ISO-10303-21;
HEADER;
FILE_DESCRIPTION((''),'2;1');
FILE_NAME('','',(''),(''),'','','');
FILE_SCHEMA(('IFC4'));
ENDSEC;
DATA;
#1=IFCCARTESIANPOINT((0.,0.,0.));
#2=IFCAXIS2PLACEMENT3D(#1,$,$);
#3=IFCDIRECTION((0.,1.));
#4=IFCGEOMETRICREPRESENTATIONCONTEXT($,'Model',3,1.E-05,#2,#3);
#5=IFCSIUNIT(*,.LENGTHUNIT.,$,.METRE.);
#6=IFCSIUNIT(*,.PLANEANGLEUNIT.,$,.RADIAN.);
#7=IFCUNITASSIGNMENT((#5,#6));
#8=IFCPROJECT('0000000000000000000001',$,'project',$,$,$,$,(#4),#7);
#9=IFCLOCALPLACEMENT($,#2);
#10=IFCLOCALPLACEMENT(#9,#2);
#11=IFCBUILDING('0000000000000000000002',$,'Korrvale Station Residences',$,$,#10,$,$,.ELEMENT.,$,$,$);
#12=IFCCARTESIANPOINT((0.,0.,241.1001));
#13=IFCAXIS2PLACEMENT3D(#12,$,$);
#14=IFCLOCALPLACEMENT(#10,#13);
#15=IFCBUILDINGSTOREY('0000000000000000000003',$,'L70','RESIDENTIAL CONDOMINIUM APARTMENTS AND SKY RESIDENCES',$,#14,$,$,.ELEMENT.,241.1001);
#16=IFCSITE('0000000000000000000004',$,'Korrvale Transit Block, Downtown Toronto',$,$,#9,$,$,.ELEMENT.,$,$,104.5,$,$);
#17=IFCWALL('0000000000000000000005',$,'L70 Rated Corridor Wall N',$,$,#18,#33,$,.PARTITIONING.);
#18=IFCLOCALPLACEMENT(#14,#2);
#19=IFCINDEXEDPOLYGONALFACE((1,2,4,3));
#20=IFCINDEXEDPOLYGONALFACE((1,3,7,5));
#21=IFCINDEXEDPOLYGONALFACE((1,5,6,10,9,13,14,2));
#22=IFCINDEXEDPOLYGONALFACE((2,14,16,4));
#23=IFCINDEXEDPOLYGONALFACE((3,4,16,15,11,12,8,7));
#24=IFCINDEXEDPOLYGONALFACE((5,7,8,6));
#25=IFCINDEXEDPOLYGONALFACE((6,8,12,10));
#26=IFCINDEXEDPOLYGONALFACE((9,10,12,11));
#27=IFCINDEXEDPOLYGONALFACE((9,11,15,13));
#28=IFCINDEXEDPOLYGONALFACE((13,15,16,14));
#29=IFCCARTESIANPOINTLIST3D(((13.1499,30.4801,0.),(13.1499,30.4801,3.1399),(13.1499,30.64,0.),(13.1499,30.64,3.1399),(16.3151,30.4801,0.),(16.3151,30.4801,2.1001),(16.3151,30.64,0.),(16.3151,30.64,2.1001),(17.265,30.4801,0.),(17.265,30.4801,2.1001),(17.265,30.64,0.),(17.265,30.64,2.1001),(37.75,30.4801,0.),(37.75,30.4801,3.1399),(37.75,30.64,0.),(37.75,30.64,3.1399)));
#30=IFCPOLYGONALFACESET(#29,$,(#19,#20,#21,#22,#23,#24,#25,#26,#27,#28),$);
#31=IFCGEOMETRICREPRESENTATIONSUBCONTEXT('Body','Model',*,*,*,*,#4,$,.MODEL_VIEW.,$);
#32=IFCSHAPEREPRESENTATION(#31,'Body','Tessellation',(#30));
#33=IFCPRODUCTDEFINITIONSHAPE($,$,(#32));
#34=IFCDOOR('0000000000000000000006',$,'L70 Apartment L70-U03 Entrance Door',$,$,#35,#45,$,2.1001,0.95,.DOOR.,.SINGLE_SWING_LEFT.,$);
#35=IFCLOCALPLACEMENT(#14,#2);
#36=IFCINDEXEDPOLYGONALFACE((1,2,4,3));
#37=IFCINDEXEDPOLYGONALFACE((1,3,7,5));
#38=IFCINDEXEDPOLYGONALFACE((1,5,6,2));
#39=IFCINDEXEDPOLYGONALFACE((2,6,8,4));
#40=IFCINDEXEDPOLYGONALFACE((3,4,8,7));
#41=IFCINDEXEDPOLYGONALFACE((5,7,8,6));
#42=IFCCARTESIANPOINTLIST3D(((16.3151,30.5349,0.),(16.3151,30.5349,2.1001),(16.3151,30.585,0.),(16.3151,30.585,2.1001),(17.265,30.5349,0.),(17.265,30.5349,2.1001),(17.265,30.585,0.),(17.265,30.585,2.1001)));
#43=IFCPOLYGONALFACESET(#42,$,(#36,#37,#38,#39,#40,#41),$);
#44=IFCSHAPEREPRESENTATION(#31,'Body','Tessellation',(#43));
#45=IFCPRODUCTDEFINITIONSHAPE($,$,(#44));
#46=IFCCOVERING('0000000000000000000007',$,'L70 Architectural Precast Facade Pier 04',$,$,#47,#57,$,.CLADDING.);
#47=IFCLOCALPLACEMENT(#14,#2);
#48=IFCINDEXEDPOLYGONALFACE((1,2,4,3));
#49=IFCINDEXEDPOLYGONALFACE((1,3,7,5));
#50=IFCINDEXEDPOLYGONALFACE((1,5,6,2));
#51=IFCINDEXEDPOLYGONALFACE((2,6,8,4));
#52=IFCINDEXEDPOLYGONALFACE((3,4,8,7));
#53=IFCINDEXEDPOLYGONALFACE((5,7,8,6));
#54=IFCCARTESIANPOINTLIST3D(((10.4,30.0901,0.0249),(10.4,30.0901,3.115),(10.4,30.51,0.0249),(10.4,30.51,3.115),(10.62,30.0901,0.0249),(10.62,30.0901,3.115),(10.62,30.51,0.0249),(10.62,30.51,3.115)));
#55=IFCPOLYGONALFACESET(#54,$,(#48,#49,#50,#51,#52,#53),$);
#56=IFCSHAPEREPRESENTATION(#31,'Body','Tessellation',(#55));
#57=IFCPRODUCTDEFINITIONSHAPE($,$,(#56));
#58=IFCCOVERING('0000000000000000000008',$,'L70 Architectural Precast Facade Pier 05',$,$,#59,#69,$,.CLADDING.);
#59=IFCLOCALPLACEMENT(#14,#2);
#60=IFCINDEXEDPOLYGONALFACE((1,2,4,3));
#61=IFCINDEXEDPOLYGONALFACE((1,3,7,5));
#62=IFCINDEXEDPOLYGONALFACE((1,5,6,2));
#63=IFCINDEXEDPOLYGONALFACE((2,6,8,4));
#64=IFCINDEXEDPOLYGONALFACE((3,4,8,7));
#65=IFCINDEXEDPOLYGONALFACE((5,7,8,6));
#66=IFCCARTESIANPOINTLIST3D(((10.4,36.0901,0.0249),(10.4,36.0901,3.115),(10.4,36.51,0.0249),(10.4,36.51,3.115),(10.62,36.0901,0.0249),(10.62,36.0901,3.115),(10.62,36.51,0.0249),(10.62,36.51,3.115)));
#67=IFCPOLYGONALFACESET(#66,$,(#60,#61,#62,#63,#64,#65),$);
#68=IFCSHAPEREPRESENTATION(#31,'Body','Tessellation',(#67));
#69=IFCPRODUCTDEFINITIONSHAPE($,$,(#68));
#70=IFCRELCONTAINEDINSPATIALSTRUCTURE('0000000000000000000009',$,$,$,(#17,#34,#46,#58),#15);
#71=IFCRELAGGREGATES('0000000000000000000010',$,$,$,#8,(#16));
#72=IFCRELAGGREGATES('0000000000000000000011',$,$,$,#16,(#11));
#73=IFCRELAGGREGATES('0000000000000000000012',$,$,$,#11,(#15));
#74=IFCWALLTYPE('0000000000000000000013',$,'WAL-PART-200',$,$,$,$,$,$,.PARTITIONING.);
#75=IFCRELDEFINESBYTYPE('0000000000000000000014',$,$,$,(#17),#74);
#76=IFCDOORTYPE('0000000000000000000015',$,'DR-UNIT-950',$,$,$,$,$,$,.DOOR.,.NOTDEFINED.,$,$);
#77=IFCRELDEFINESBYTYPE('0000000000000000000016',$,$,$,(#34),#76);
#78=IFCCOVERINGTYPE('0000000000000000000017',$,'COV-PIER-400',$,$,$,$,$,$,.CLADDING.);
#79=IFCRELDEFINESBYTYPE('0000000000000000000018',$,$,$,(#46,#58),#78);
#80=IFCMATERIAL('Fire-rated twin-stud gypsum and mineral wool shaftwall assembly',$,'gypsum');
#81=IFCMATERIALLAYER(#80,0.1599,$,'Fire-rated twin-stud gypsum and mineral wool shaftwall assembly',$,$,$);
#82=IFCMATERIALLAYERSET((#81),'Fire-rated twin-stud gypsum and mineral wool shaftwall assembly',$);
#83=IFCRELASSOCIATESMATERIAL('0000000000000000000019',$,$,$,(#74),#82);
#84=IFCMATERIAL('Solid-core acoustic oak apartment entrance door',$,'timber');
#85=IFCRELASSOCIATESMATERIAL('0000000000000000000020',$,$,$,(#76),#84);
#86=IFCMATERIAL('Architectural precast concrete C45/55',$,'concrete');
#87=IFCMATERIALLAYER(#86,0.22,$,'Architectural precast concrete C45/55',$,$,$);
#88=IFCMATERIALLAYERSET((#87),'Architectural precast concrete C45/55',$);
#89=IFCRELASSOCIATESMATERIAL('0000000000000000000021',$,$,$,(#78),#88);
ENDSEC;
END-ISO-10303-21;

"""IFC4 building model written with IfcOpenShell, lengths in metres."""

from ifc_helpers import new_model, si_unit, direction, frame, frame_2d, origin, origin_2d, place, context, subcontext, project, spatial, rectangle, extrude, material, layer, layer_set, type_object, element, fill, save


model = new_model("IFC4")

# Units and contexts
model_context = context("Model", 3, precision=1e-05, world=origin(), true_north=direction((0.0, 1.0)))
body_context = subcontext(model_context, "Body", "Model", "MODEL_VIEW")
ifc_project = project(units=[si_unit("LENGTHUNIT", "METRE"), si_unit("PLANEANGLEUNIT", "RADIAN")], contexts=[model_context])

# Site, building, storey
site_placement = place(None, origin())
site = spatial("IfcSite", under=ifc_project, at=site_placement, Name="Korrvale Transit Block, Downtown Toronto", CompositionType="ELEMENT", RefElevation=104.5)
building_placement = place(site_placement, origin())
building = spatial("IfcBuilding", under=site, at=building_placement, Name="Korrvale Station Residences", CompositionType="ELEMENT")
storey_placement = place(building_placement, frame((0.0, 0.0, 241.1001)))
storey = spatial("IfcBuildingStorey", under=building, at=storey_placement, Name="L70", Description="RESIDENTIAL CONDOMINIUM APARTMENTS AND SKY RESIDENCES", CompositionType="ELEMENT", Elevation=241.1001)

# Shared definitions
ifc_material_1 = material(Name="Fire-rated twin-stud gypsum and mineral wool shaftwall assembly", Category="gypsum")
ifc_layer_1 = layer(ifc_material_1, 0.1599, Name="Fire-rated twin-stud gypsum and mineral wool shaftwall assembly")
ifc_layer_set_1 = layer_set([ifc_layer_1], Name="Fire-rated twin-stud gypsum and mineral wool shaftwall assembly")
wall_type_1 = type_object("IfcWallType", Name="WAL-PART-200", PredefinedType="PARTITIONING", material=ifc_layer_set_1)

# Wall, opening, door
wall_1_placement = place(storey_placement, frame((13.1499, 30.5601, 0.0), z_axis=(0.0, 0.0, 1.0), x_axis=(1.0, 0.0, 0.0)))
wall_1 = element("IfcWall", 1, at=wall_1_placement, inside=storey, type_object=wall_type_1, Name="L70 Rated Corridor Wall N", PredefinedType="PARTITIONING", context=body_context, shape_type="SweptSolid", body=[
    extrude(rectangle(XDim=24.6001, YDim=0.1599, at=frame_2d((12.3, 0.0))), origin(), (0.0, 0.0, 1.0), 3.1399),
])
opening_1_placement = place(wall_1_placement, frame((3.165, 0.0, 0.0)))
opening_1 = element("IfcOpeningElement", 2, at=opening_1_placement, cuts=wall_1, PredefinedType="OPENING", context=body_context, shape_type="SweptSolid", body=[
    extrude(rectangle(XDim=0.95, YDim=2.1001, at=frame_2d((0.4751, 1.05))), frame((0.0, 0.0898, 0.0), z_axis=(0.0, -1.0, 0.0), x_axis=(1.0, 0.0, 0.0)), (0.0, 0.0, 1.0), 0.1799),
])
ifc_material_2 = material(Name="Solid-core acoustic oak apartment entrance door", Category="timber")
door_type_1 = type_object("IfcDoorType", Name="DR-UNIT-950", OperationType="NOTDEFINED", PredefinedType="DOOR", material=ifc_material_2)
door_1_placement = place(opening_1_placement, origin())
door_1 = element("IfcDoor", 3, at=door_1_placement, inside=storey, type_object=door_type_1, Name="L70 Apartment L70-U03 Entrance Door", OperationType="SINGLE_SWING_LEFT", OverallHeight=2.1001, OverallWidth=0.95, PredefinedType="DOOR", context=body_context, shape_type="SweptSolid", body=[
    extrude(rectangle(XDim=0.95, YDim=2.1001, at=frame_2d((0.4751, 1.05))), frame((0.0, 0.0249, 0.0), z_axis=(0.0, -1.0, 0.0), x_axis=(1.0, 0.0, 0.0)), (0.0, 0.0, 1.0), 0.05),
])
fill(opening_1, door_1)

# Coverings
ifc_material_3 = material(Name="Architectural precast concrete C45/55", Category="concrete")
ifc_layer_2 = layer(ifc_material_3, 0.22, Name="Architectural precast concrete C45/55")
ifc_layer_set_2 = layer_set([ifc_layer_2], Name="Architectural precast concrete C45/55")
covering_type = type_object("IfcCoveringType", Name="COV-PIER-400", PredefinedType="CLADDING", material=ifc_layer_set_2)
for number, where, z_axis, x_axis, name in (
    (4, (10.51, 30.3, 0.0249), (0.0, 0.0, 1.0), (0.0, 1.0, 0.0), "L70 Architectural Precast Facade Pier 04"),
    (5, (10.51, 36.3, 0.0249), (0.0, 0.0, 1.0), (0.0, 1.0, 0.0), "L70 Architectural Precast Facade Pier 05"),
):
    element("IfcCovering", number, at=place(storey_placement, frame(where, z_axis=z_axis, x_axis=x_axis)), inside=storey, type_object=covering_type, Name=name, PredefinedType="CLADDING", context=body_context, shape_type="SweptSolid", body=[
        extrude(rectangle(XDim=0.4199, YDim=0.22, at=origin_2d()), origin(), (0.0, 0.0, 1.0), 3.0901),
    ])

save(model, "model.ifc")
